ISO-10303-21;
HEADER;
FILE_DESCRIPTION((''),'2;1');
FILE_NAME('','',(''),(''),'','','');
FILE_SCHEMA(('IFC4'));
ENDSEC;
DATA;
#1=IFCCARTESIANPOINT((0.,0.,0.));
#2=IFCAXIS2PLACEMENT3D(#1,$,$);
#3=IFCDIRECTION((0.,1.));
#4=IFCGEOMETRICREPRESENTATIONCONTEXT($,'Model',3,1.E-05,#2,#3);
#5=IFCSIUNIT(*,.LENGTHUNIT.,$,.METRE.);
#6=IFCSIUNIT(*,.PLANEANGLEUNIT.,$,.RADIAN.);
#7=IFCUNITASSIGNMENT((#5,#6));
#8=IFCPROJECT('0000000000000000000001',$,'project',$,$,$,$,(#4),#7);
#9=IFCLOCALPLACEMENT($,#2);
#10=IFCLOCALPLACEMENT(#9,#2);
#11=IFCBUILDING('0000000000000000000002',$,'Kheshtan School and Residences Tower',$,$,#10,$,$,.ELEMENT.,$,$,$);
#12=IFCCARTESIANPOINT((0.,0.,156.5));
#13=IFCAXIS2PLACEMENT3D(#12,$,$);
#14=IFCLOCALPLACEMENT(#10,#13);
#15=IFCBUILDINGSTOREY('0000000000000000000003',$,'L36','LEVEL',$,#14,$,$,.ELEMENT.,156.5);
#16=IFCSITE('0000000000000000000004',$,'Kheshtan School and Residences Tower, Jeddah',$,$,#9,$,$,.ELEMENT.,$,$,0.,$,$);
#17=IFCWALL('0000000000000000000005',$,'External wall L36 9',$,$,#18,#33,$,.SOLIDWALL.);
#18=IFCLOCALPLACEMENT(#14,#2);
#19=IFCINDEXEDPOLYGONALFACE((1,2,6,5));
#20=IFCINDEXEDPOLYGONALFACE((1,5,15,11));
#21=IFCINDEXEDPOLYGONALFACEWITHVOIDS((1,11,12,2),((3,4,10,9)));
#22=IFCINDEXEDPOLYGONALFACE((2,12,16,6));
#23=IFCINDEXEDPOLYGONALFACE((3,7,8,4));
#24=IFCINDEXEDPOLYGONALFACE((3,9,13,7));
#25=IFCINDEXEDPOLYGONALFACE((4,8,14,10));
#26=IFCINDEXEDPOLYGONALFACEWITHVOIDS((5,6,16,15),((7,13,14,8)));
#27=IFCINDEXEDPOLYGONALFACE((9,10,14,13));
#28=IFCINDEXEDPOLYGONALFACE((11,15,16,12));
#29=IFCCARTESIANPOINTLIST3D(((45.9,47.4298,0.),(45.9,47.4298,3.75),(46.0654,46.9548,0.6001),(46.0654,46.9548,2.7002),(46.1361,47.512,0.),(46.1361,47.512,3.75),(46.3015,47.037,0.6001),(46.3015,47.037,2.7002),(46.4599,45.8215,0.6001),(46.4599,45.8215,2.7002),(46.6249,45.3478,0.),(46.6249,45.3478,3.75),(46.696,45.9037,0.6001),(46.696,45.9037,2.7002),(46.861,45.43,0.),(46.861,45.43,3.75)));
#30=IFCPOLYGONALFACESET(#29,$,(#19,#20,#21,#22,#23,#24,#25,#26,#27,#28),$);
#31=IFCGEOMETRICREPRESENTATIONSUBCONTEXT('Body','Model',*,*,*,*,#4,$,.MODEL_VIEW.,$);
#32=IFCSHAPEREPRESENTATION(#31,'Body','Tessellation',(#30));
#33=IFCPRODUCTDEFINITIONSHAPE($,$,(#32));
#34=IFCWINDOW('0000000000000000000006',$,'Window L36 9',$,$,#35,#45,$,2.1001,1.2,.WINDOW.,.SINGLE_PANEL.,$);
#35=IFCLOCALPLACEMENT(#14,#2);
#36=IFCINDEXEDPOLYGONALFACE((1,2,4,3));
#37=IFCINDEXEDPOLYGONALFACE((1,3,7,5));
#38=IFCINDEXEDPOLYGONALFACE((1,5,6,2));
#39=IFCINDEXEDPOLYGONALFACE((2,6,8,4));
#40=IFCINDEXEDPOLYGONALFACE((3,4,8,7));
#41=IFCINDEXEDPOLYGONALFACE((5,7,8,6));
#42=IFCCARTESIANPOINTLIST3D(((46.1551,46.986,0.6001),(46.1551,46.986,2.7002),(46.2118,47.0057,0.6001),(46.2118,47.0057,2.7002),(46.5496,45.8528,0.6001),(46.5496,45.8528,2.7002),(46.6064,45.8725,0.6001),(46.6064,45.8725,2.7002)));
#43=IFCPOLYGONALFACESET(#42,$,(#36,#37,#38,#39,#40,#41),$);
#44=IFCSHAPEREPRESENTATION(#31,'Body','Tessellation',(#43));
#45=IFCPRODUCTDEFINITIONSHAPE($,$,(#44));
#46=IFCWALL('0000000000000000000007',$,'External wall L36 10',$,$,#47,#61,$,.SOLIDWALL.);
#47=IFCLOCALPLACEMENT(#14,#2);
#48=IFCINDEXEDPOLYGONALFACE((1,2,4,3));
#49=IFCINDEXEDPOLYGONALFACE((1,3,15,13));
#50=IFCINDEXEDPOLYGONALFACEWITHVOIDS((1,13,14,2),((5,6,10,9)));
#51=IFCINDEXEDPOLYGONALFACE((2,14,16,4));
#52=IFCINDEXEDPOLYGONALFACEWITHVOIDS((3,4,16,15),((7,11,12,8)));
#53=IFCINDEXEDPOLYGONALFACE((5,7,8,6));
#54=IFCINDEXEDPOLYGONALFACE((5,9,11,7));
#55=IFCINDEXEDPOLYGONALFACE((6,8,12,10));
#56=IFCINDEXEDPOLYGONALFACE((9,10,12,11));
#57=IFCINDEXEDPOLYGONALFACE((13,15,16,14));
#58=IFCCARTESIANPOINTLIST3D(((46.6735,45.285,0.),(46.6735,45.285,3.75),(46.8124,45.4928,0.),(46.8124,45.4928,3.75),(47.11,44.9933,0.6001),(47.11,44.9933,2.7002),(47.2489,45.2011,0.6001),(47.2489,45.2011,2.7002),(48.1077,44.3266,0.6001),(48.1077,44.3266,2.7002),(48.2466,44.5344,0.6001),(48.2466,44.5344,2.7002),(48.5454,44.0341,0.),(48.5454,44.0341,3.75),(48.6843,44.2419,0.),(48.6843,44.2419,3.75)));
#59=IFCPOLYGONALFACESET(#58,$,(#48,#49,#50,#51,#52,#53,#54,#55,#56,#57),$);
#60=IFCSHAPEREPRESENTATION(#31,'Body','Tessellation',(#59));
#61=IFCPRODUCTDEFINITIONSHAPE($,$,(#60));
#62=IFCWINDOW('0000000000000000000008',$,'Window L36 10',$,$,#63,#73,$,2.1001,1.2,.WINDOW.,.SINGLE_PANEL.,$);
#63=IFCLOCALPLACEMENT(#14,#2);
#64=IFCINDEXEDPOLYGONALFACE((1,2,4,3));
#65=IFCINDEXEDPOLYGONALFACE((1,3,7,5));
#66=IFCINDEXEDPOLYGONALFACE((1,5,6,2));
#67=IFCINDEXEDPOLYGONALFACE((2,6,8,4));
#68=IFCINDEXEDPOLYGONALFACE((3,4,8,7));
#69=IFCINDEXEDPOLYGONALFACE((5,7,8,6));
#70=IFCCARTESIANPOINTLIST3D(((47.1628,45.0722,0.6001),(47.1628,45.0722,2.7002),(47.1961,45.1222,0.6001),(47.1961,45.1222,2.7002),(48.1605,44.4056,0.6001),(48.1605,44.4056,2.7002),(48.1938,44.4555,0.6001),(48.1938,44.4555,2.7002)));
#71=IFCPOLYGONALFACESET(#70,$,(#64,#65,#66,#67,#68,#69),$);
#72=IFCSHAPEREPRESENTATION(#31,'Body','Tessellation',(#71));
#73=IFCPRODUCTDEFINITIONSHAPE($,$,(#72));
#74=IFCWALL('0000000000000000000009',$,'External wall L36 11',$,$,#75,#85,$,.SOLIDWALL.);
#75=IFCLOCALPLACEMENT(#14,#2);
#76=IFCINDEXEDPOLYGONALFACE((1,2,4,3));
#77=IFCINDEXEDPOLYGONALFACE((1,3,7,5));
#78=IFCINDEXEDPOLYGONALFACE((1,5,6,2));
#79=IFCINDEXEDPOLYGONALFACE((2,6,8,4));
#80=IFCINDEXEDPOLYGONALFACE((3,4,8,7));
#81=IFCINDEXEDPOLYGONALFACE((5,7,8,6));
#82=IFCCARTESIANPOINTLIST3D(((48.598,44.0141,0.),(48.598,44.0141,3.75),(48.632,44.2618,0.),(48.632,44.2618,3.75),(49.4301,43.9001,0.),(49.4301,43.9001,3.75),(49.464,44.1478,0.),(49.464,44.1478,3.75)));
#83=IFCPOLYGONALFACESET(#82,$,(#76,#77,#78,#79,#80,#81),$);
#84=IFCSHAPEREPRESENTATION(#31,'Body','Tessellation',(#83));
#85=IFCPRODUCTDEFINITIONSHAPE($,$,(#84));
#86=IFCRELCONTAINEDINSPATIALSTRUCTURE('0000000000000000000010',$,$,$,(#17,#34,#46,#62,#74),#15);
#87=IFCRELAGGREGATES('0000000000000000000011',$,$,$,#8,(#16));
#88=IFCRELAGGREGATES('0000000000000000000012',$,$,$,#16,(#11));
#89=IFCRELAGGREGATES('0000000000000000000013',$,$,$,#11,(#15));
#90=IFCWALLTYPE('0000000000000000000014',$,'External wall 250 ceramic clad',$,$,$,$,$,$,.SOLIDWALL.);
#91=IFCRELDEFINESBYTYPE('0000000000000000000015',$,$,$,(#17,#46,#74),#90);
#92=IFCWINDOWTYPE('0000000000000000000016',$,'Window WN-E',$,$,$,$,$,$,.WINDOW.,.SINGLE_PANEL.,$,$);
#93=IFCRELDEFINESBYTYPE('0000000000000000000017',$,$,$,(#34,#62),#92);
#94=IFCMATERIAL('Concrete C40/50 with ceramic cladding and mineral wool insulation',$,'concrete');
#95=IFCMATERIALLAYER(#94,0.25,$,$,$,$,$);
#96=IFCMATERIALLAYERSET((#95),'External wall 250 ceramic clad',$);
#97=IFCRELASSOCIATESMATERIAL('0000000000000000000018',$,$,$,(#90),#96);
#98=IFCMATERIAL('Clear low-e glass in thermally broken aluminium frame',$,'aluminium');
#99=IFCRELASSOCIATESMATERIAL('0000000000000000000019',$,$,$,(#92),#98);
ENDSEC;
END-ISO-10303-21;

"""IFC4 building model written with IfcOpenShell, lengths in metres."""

from ifc_helpers import new_model, si_unit, direction, frame, frame_2d, origin, place, context, subcontext, project, spatial, rectangle, extrude, source, transform, mapped, material, layer, layer_set, type_object, element, fill, save


model = new_model("IFC4")

# Units and contexts
model_context = context("Model", 3, precision=1e-05, world=origin(), true_north=direction((0.0, 1.0)))
body_context = subcontext(model_context, "Body", "Model", "MODEL_VIEW")
ifc_project = project(units=[si_unit("LENGTHUNIT", "METRE"), si_unit("PLANEANGLEUNIT", "RADIAN")], contexts=[model_context])

# Site, building, storey
site_placement = place(None, origin())
site = spatial("IfcSite", under=ifc_project, at=site_placement, Name="Kheshtan School and Residences Tower, Jeddah", CompositionType="ELEMENT", RefElevation=0.0)
building_placement = place(site_placement, origin())
building = spatial("IfcBuilding", under=site, at=building_placement, Name="Kheshtan School and Residences Tower", CompositionType="ELEMENT")
storey_placement = place(building_placement, frame((0.0, 0.0, 156.5)))
storey = spatial("IfcBuildingStorey", under=building, at=storey_placement, Name="L36", Description="LEVEL", CompositionType="ELEMENT", Elevation=156.5)

# Shared definitions
ifc_material_1 = material(Name="Clear low-e glass in thermally broken aluminium frame", Category="aluminium")

# Walls, openings, windows
ifc_material_2 = material(Name="Concrete C40/50 with ceramic cladding and mineral wool insulation", Category="concrete")
ifc_layer_1 = layer(ifc_material_2, 0.25)
ifc_layer_set_1 = layer_set([ifc_layer_1], Name="External wall 250 ceramic clad")
wall_type = type_object("IfcWallType", Name="External wall 250 ceramic clad", PredefinedType="SOLIDWALL", material=ifc_layer_set_1)
wall_1_placement = place(storey_placement, frame((46.0181, 47.4709, 0.0), z_axis=(0.0, 0.0, 1.0), x_axis=(0.328791, -0.944403, 0.0)))
wall_1 = element("IfcWall", 1, at=wall_1_placement, inside=storey, type_object=wall_type, Name="External wall L36 9", PredefinedType="SOLIDWALL", context=body_context, shape_type="SweptSolid", body=[
    extrude(rectangle(XDim=2.2046, YDim=0.25, at=frame_2d((1.1023, 0.0))), origin(), (0.0, 0.0, 1.0), 3.75),
])
opening_1_placement = place(wall_1_placement, frame((0.5029, 0.0, 0.6001)))
opening_1 = element("IfcOpeningElement", 2, at=opening_1_placement, cuts=wall_1, PredefinedType="OPENING", context=body_context, shape_type="SweptSolid", body=[
    extrude(rectangle(XDim=1.2, YDim=2.1001, at=frame_2d((0.6001, 1.05))), frame((0.0, 0.135, 0.0), z_axis=(0.0, -1.0, 0.0), x_axis=(1.0, 0.0, 0.0)), (0.0, 0.0, 1.0), 0.27),
])
window_type = type_object("IfcWindowType", Name="Window WN-E", PartitioningType="SINGLE_PANEL", PredefinedType="WINDOW", material=ifc_material_1)
shared_shape = source(origin(), body_context, "Body", "SweptSolid", [
    extrude(rectangle(XDim=1.2, YDim=2.1001, at=frame_2d((0.6001, 1.05))), frame((0.0, 0.03, 0.0), z_axis=(0.0, -1.0, 0.0), x_axis=(1.0, 0.0, 0.0)), (0.0, 0.0, 1.0), 0.0601),
])
window_1_placement = place(opening_1_placement, origin())
window_1 = element("IfcWindow", 3, at=window_1_placement, inside=storey, type_object=window_type, Name="Window L36 9", OverallHeight=2.1001, OverallWidth=1.2, PartitioningType="SINGLE_PANEL", PredefinedType="WINDOW", context=body_context, shape_type="MappedRepresentation", body=[
    mapped(shared_shape, transform((0.0, 0.0, 0.0), x_axis=(1.0, 0.0, 0.0), y_axis=(0.0, 1.0, 0.0), z_axis=(0.0, 0.0, 1.0), scale=1.0)),
])
fill(opening_1, window_1)
wall_2_placement = place(storey_placement, frame((46.7429, 45.3889, 0.0), z_axis=(0.0, 0.0, 1.0), x_axis=(0.831449, -0.555601, 0.0)))
wall_2 = element("IfcWall", 4, at=wall_2_placement, inside=storey, type_object=wall_type, Name="External wall L36 10", PredefinedType="SOLIDWALL", context=body_context, shape_type="SweptSolid", body=[
    extrude(rectangle(XDim=2.2515, YDim=0.25, at=frame_2d((1.1257, 0.0))), origin(), (0.0, 0.0, 1.0), 3.75),
])
opening_2_placement = place(wall_2_placement, frame((0.5249, 0.0, 0.6001)))
opening_2 = element("IfcOpeningElement", 5, at=opening_2_placement, cuts=wall_2, PredefinedType="OPENING", context=body_context, shape_type="SweptSolid", body=[
    extrude(rectangle(XDim=1.2, YDim=2.1001, at=frame_2d((0.6001, 1.05))), frame((0.0, 0.135, 0.0), z_axis=(0.0, -1.0, 0.0), x_axis=(1.0, 0.0, 0.0)), (0.0, 0.0, 1.0), 0.27),
])
window_2_placement = place(opening_2_placement, origin())
window_2 = element("IfcWindow", 6, at=window_2_placement, inside=storey, type_object=window_type, Name="Window L36 10", OverallHeight=2.1001, OverallWidth=1.2, PartitioningType="SINGLE_PANEL", PredefinedType="WINDOW", context=body_context, shape_type="MappedRepresentation", body=[
    mapped(shared_shape, transform((0.0, 0.0, 0.0), x_axis=(1.0, 0.0, 0.0), y_axis=(0.0, 1.0, 0.0), z_axis=(0.0, 0.0, 1.0), scale=1.0)),
])
fill(opening_2, window_2)

# Wall
wall_3_placement = place(storey_placement, frame((48.615, 44.1379, 0.0), z_axis=(0.0, 0.0, 1.0), x_axis=(0.990742, -0.135762, 0.0)))
element("IfcWall", 7, at=wall_3_placement, inside=storey, type_object=wall_type, Name="External wall L36 11", PredefinedType="SOLIDWALL", context=body_context, shape_type="SweptSolid", body=[
    extrude(rectangle(XDim=0.8398, YDim=0.25, at=frame_2d((0.4199, 0.0))), origin(), (0.0, 0.0, 1.0), 3.75),
])

save(model, "model.ifc")
